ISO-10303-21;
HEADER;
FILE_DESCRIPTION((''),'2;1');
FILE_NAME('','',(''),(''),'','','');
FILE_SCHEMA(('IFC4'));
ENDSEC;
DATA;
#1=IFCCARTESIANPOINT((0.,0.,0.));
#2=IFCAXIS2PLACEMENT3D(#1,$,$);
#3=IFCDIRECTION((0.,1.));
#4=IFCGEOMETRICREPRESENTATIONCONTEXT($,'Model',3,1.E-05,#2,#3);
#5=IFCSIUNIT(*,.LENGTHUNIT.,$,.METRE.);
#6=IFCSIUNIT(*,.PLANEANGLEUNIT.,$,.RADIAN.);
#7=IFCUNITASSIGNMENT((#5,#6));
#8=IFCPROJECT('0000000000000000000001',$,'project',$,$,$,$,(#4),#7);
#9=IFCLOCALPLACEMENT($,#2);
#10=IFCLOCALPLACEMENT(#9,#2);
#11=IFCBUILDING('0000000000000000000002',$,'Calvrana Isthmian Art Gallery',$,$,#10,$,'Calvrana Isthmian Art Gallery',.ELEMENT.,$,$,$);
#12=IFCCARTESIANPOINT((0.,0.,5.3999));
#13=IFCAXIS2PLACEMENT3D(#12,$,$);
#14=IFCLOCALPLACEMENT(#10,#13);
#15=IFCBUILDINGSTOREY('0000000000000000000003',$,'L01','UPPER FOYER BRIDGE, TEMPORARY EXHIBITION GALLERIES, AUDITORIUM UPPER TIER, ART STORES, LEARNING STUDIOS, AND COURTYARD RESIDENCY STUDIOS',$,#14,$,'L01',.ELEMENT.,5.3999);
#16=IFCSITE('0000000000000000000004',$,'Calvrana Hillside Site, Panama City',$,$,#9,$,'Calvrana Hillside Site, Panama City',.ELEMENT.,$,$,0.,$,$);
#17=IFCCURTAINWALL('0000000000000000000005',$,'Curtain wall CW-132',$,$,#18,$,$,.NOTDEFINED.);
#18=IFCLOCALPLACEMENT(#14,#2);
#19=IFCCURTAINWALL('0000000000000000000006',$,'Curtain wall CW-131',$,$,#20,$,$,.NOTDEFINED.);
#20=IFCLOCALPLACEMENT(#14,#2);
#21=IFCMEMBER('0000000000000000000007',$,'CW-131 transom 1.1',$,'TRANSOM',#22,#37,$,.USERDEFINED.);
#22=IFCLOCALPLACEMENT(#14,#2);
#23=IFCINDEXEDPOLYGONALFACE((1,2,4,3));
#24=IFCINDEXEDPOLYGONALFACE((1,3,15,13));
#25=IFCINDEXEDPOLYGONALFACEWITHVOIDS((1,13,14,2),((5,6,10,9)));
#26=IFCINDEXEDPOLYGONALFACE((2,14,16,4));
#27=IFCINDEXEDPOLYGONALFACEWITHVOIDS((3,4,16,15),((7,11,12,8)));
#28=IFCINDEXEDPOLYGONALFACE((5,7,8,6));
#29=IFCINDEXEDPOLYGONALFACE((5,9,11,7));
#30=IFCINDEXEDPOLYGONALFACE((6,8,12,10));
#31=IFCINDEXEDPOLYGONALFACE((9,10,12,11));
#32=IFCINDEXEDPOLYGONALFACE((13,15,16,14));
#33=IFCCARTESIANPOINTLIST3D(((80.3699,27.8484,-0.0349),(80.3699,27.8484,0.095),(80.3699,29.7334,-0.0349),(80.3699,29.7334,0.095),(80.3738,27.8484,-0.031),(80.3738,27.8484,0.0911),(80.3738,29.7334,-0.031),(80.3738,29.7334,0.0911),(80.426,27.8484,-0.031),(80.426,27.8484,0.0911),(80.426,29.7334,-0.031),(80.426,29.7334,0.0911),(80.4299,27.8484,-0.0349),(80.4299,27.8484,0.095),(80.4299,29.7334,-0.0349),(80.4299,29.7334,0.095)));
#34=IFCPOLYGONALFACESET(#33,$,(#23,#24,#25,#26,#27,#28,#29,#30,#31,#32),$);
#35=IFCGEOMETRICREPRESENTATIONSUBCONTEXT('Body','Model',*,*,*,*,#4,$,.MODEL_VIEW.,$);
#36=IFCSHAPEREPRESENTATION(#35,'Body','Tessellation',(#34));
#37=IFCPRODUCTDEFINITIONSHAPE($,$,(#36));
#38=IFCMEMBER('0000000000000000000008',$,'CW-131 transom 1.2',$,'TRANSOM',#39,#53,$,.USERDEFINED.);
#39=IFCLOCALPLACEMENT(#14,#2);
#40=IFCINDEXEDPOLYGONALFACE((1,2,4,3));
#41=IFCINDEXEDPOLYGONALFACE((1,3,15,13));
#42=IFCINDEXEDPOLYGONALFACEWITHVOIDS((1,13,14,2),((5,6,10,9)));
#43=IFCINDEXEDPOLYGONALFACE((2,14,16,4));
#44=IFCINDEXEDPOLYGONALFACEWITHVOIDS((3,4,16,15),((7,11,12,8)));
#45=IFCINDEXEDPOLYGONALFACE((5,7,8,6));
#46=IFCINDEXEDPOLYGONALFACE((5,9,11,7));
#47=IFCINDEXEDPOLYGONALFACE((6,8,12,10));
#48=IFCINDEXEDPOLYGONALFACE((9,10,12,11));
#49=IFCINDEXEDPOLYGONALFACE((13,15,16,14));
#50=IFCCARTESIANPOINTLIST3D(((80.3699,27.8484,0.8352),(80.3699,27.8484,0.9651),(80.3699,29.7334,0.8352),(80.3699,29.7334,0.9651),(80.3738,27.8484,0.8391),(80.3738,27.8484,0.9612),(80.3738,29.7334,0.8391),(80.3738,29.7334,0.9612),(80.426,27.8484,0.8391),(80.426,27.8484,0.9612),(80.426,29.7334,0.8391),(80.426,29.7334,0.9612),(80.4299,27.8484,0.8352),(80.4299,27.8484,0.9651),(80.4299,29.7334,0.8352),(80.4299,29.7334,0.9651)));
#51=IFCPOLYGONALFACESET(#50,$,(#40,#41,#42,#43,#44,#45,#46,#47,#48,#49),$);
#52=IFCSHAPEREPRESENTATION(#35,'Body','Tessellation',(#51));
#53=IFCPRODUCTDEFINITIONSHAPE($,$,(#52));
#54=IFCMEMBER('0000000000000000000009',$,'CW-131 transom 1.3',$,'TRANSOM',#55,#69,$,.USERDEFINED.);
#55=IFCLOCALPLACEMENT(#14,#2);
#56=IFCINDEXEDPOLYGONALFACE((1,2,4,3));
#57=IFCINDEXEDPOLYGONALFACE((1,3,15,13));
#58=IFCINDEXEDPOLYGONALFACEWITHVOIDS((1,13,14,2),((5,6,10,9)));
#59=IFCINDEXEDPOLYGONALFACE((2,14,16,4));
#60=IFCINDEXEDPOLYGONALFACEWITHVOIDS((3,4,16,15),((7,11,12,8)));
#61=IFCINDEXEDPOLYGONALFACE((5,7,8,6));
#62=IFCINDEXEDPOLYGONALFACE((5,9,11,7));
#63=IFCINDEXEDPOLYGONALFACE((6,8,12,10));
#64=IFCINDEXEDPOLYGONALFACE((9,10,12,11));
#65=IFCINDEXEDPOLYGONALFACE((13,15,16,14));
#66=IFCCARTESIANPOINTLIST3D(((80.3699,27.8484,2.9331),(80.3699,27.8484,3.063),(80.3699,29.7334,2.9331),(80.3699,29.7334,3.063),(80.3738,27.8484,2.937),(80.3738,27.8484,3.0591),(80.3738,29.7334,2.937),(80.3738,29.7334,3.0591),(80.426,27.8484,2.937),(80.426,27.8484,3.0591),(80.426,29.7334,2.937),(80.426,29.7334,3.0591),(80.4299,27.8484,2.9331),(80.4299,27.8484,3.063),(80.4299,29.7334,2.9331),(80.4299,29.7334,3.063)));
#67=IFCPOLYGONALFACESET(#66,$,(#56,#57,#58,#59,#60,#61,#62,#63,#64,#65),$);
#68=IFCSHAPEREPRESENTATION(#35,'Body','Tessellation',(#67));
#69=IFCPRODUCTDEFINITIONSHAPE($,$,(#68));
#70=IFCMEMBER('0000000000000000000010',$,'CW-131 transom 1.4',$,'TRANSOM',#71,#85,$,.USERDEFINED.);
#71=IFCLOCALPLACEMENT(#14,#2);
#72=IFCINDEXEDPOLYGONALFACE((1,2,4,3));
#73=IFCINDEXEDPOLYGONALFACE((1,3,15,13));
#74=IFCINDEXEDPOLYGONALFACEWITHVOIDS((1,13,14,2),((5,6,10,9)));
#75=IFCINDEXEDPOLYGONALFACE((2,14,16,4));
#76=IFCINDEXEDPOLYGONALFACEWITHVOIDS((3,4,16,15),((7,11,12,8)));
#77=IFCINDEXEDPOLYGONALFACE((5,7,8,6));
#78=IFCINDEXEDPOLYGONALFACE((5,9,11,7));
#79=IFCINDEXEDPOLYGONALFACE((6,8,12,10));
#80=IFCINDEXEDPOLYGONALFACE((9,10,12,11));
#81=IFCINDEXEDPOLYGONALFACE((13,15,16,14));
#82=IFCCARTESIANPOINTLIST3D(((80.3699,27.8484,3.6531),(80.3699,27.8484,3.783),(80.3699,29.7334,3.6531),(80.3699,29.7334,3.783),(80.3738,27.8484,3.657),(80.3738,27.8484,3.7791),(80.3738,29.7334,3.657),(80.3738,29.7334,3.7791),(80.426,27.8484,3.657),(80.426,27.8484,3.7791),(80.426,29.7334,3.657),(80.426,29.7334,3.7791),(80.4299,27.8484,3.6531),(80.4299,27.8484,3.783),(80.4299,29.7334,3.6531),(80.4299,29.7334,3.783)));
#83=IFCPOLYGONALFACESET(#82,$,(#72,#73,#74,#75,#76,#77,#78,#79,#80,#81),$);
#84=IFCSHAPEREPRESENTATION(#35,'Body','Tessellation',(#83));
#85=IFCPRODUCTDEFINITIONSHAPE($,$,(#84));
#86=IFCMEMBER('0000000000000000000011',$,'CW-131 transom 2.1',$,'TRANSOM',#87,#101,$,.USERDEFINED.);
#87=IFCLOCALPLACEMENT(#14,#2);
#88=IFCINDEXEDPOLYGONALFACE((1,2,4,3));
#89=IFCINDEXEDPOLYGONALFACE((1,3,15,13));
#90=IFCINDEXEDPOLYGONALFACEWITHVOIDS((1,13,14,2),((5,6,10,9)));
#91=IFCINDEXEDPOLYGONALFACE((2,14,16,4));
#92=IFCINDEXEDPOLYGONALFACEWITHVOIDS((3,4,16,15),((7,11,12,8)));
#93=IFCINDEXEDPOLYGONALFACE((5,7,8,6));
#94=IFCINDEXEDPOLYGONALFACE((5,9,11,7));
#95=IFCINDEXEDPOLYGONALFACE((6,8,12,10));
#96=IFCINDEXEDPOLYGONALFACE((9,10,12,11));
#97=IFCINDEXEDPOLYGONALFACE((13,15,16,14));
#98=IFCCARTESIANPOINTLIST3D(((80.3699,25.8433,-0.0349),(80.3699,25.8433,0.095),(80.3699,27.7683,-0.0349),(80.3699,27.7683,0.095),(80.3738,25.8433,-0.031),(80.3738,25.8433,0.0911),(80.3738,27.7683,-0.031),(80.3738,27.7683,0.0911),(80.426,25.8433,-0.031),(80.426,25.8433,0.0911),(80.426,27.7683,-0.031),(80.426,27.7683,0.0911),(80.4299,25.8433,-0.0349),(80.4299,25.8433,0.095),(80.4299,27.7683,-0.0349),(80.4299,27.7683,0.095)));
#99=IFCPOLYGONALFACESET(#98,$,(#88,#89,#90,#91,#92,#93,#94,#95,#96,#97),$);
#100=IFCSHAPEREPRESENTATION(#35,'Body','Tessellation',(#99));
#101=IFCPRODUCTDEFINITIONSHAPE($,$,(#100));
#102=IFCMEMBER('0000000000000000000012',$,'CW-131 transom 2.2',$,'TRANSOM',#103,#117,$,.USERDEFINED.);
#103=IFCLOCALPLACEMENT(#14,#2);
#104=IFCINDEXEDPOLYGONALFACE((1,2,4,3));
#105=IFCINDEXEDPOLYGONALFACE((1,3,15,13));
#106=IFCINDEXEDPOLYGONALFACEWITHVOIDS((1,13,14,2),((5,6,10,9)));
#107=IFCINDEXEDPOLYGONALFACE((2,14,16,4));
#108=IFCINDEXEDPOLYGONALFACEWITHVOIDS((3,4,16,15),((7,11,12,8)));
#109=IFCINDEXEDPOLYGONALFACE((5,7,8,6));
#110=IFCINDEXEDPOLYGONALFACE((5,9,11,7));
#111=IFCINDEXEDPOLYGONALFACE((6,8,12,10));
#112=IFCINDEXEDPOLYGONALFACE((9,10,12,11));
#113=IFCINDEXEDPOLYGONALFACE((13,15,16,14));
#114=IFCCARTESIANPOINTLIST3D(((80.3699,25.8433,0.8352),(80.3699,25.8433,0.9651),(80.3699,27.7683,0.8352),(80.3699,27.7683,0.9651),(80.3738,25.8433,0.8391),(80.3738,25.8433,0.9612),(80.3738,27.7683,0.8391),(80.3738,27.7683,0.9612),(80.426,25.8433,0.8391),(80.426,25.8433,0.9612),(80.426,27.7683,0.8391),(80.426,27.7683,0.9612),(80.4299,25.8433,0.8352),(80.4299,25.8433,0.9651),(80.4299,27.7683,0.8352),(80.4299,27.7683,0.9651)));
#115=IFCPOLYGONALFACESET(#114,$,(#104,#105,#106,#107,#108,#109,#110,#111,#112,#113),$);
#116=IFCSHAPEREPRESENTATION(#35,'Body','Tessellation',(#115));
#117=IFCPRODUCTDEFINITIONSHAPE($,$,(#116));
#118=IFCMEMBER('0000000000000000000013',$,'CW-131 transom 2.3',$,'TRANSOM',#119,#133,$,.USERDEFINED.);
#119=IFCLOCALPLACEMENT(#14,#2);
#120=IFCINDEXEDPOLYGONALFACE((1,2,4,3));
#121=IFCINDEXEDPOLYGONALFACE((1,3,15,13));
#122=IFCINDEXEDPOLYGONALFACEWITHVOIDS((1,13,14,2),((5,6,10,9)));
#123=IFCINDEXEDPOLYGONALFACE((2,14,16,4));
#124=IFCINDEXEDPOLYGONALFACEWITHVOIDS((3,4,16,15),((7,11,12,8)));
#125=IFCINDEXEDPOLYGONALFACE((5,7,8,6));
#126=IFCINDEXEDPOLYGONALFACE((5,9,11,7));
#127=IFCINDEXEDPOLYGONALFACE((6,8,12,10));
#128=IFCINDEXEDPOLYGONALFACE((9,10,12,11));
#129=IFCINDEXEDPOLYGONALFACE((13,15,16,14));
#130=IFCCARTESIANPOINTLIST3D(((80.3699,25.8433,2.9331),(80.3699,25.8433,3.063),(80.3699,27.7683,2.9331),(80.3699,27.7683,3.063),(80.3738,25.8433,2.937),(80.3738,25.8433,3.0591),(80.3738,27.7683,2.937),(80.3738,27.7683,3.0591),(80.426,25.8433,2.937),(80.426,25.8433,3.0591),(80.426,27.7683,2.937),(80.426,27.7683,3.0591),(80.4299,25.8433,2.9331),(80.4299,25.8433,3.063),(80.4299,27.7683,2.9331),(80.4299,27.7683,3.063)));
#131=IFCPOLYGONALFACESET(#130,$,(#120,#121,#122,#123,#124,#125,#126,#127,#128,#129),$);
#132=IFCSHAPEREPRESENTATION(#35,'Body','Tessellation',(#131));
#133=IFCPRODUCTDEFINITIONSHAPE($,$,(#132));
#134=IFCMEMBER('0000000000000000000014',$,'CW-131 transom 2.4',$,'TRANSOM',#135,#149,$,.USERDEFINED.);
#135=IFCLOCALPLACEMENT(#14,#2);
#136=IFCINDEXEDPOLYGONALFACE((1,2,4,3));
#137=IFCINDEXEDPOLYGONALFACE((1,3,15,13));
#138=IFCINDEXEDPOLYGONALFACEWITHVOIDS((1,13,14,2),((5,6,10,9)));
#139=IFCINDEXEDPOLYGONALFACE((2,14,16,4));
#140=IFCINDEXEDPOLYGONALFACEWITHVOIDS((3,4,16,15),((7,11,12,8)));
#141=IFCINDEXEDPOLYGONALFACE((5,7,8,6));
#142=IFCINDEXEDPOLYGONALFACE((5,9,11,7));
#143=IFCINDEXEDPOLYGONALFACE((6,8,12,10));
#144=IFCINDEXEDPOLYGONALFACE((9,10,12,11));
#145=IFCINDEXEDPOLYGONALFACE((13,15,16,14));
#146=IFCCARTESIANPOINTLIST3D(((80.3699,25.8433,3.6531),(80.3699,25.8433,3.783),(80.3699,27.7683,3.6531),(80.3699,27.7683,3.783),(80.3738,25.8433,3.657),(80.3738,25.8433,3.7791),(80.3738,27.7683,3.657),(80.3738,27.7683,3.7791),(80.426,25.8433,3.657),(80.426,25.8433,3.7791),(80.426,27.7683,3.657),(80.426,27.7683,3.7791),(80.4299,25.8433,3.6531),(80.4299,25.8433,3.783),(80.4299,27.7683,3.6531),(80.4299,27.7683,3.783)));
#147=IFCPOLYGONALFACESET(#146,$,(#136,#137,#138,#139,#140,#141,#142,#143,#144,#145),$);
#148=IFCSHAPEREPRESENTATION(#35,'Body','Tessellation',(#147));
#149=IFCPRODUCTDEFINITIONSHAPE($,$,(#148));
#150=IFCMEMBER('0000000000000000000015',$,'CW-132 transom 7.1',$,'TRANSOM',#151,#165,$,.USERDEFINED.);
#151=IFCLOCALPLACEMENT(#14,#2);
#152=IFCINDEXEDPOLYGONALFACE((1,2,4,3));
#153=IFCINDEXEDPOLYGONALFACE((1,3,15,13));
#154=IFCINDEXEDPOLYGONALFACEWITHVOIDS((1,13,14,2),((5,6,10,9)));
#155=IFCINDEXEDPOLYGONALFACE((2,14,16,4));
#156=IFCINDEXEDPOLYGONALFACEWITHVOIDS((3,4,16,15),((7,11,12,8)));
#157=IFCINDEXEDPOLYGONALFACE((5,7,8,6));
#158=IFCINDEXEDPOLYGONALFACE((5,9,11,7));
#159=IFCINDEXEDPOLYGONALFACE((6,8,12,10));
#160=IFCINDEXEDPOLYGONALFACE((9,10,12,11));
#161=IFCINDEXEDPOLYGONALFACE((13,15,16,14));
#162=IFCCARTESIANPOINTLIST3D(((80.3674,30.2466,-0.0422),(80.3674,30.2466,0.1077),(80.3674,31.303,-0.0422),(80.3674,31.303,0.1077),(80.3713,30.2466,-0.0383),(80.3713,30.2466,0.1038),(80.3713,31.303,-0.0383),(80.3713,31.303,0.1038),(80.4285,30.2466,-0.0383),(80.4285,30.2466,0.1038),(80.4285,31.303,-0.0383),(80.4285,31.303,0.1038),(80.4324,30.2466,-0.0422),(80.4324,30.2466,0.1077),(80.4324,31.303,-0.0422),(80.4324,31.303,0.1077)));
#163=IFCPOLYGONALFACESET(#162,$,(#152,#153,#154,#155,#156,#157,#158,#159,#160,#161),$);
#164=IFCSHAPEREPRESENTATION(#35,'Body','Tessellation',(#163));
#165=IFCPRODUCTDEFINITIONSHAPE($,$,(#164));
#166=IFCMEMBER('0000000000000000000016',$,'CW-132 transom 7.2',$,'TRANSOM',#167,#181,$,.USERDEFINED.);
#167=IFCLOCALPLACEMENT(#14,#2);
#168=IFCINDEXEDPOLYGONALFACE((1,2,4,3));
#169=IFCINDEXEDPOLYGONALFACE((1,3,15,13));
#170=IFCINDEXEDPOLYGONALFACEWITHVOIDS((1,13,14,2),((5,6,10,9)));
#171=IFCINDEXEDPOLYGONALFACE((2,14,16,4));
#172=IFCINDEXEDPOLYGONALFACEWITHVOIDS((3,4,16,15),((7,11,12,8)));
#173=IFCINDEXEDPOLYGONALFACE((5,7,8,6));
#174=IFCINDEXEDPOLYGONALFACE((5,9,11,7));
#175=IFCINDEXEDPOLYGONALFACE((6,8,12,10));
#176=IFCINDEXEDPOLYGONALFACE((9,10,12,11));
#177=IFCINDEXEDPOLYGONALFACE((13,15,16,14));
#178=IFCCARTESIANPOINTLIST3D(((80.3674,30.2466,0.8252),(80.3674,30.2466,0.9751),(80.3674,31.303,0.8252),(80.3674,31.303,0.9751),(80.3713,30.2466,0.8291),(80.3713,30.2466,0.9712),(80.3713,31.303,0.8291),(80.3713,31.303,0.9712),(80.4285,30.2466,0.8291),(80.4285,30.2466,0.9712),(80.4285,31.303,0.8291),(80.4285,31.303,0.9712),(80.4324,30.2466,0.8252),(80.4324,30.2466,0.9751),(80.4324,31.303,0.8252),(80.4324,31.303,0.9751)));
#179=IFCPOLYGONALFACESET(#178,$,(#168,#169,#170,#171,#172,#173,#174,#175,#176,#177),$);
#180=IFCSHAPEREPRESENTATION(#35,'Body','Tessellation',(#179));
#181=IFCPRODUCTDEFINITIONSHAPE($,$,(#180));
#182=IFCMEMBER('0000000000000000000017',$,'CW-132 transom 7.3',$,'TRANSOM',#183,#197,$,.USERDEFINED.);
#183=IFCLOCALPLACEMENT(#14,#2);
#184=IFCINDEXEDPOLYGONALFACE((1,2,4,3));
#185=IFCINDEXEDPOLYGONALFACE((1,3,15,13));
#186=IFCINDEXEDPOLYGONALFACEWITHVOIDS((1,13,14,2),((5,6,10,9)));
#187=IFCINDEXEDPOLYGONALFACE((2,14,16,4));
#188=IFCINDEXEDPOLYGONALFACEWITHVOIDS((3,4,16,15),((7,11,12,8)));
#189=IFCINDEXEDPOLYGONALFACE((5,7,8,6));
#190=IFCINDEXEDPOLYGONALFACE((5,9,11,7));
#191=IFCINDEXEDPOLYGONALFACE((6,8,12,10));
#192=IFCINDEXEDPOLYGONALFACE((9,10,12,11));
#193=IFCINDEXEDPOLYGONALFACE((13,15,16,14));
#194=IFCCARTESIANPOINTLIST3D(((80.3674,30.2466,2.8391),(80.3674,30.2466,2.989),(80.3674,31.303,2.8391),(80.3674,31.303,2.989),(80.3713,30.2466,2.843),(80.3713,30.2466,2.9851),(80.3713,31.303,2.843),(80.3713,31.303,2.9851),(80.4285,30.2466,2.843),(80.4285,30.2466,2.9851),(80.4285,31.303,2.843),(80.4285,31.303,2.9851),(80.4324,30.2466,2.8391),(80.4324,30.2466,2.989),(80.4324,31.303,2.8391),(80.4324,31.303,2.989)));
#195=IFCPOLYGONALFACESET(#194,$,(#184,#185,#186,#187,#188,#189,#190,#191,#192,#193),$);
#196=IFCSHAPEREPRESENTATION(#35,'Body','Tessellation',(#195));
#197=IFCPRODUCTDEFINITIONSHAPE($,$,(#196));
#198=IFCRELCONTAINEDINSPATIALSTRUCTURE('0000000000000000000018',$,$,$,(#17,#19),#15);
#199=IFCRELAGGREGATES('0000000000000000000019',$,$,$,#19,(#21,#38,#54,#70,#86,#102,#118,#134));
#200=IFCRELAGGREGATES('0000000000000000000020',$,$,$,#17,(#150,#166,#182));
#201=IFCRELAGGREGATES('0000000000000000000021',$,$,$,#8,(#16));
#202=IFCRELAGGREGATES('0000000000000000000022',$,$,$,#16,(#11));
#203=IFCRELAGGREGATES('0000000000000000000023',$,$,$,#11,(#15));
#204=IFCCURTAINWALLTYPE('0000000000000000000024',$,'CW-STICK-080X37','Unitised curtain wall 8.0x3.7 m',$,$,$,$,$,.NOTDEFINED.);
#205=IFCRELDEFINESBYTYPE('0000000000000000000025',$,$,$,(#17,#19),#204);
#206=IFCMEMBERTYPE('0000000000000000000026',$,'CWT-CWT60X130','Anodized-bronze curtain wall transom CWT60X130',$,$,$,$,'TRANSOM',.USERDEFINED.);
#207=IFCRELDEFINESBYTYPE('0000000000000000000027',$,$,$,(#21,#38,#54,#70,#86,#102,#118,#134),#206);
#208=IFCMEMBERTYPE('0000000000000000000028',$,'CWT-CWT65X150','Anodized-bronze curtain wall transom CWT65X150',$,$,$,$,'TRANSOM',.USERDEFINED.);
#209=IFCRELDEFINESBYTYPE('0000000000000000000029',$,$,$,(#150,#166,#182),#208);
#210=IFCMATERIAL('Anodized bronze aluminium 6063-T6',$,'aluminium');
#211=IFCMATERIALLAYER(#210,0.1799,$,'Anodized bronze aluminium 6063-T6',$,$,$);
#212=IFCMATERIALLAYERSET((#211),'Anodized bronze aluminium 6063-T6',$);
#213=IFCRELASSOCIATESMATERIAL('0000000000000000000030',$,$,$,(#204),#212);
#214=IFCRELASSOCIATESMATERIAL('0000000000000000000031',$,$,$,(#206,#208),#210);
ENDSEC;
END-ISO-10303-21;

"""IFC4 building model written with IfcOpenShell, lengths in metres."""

from ifc_helpers import new_model, si_unit, direction, frame, origin, origin_2d, place, context, subcontext, project, spatial, hollow_rectangle, extrude, material, layer, layer_set, material_profile, profile_set, type_object, element, aggregate, save


model = new_model("IFC4")

# Units and contexts
model_context = context("Model", 3, precision=1e-05, world=origin(), true_north=direction((0.0, 1.0)))
body_context = subcontext(model_context, "Body", "Model", "MODEL_VIEW")
ifc_project = project(units=[si_unit("LENGTHUNIT", "METRE"), si_unit("PLANEANGLEUNIT", "RADIAN")], contexts=[model_context])

# Site, building, storey
site_placement = place(None, origin())
site = spatial("IfcSite", under=ifc_project, at=site_placement, Name="Calvrana Hillside Site, Panama City", LongName="Calvrana Hillside Site, Panama City", CompositionType="ELEMENT", RefElevation=0.0)
building_placement = place(site_placement, origin())
building = spatial("IfcBuilding", under=site, at=building_placement, Name="Calvrana Isthmian Art Gallery", LongName="Calvrana Isthmian Art Gallery", CompositionType="ELEMENT")
storey_placement = place(building_placement, frame((0.0, 0.0, 5.3999)))
storey = spatial("IfcBuildingStorey", under=building, at=storey_placement, Name="L01", Description="UPPER FOYER BRIDGE, TEMPORARY EXHIBITION GALLERIES, AUDITORIUM UPPER TIER, ART STORES, LEARNING STUDIOS, AND COURTYARD RESIDENCY STUDIOS", LongName="L01", CompositionType="ELEMENT", Elevation=5.3999)

# Curtain walls, members
ifc_material_1 = material(Name="Anodized bronze aluminium 6063-T6", Category="aluminium")
ifc_layer_1 = layer(ifc_material_1, 0.1799, Name="Anodized bronze aluminium 6063-T6")
ifc_layer_set_1 = layer_set([ifc_layer_1], Name="Anodized bronze aluminium 6063-T6")
curtain_wall_type = type_object("IfcCurtainWallType", Name="CW-STICK-080X37", Description="Unitised curtain wall 8.0x3.7 m", PredefinedType="NOTDEFINED", material=ifc_layer_set_1)
curtain_wall_1_placement = place(storey_placement, origin())
curtain_wall_1 = element("IfcCurtainWall", 1, at=curtain_wall_1_placement, inside=storey, type_object=curtain_wall_type, Name="Curtain wall CW-132", PredefinedType="NOTDEFINED")
curtain_wall_2_placement = place(storey_placement, origin())
curtain_wall_2 = element("IfcCurtainWall", 2, at=curtain_wall_2_placement, inside=storey, type_object=curtain_wall_type, Name="Curtain wall CW-131", PredefinedType="NOTDEFINED")
ifc_material_profile_1 = material_profile(ifc_material_1, hollow_rectangle(XDim=0.0601, YDim=0.1299, WallThickness=0.0039, at=origin_2d()), Name="CWT60X130")
ifc_profile_set_1 = profile_set([ifc_material_profile_1], Name="Anodized bronze aluminium 6063-T6")
member_type_1 = type_object("IfcMemberType", Name="CWT-CWT60X130", Description="Anodized-bronze curtain wall transom CWT60X130", ElementType="TRANSOM", PredefinedType="USERDEFINED", material=ifc_profile_set_1)
member_1_placement = place(storey_placement, frame((80.3999, 29.7334, 0.03), z_axis=(0.0, -1.0, 0.0), x_axis=(1.0, 0.0, 0.0)))
member_1 = element("IfcMember", 3, at=member_1_placement, type_object=member_type_1, Name="CW-131 transom 1.1", ObjectType="TRANSOM", PredefinedType="USERDEFINED", context=body_context, shape_type="SweptSolid", body=[
    extrude(hollow_rectangle(XDim=0.0601, YDim=0.1299, WallThickness=0.0039, at=origin_2d()), origin(), (0.0, 0.0, 1.0), 1.885),
])
member_2_placement = place(storey_placement, frame((80.3999, 29.7334, 0.9001), z_axis=(0.0, -1.0, 0.0), x_axis=(1.0, 0.0, 0.0)))
member_2 = element("IfcMember", 4, at=member_2_placement, type_object=member_type_1, Name="CW-131 transom 1.2", ObjectType="TRANSOM", PredefinedType="USERDEFINED", context=body_context, shape_type="SweptSolid", body=[
    extrude(hollow_rectangle(XDim=0.0601, YDim=0.1299, WallThickness=0.0039, at=origin_2d()), origin(), (0.0, 0.0, 1.0), 1.885),
])
member_3_placement = place(storey_placement, frame((80.3999, 29.7334, 2.998), z_axis=(0.0, -1.0, 0.0), x_axis=(1.0, 0.0, 0.0)))
member_3 = element("IfcMember", 5, at=member_3_placement, type_object=member_type_1, Name="CW-131 transom 1.3", ObjectType="TRANSOM", PredefinedType="USERDEFINED", context=body_context, shape_type="SweptSolid", body=[
    extrude(hollow_rectangle(XDim=0.0601, YDim=0.1299, WallThickness=0.0039, at=origin_2d()), origin(), (0.0, 0.0, 1.0), 1.885),
])
member_4_placement = place(storey_placement, frame((80.3999, 29.7334, 3.718), z_axis=(0.0, -1.0, 0.0), x_axis=(1.0, 0.0, 0.0)))
member_4 = element("IfcMember", 6, at=member_4_placement, type_object=member_type_1, Name="CW-131 transom 1.4", ObjectType="TRANSOM", PredefinedType="USERDEFINED", context=body_context, shape_type="SweptSolid", body=[
    extrude(hollow_rectangle(XDim=0.0601, YDim=0.1299, WallThickness=0.0039, at=origin_2d()), origin(), (0.0, 0.0, 1.0), 1.885),
])
member_5_placement = place(storey_placement, frame((80.3999, 27.7683, 0.03), z_axis=(0.0, -1.0, 0.0), x_axis=(1.0, 0.0, 0.0)))
member_5 = element("IfcMember", 7, at=member_5_placement, type_object=member_type_1, Name="CW-131 transom 2.1", ObjectType="TRANSOM", PredefinedType="USERDEFINED", context=body_context, shape_type="SweptSolid", body=[
    extrude(hollow_rectangle(XDim=0.0601, YDim=0.1299, WallThickness=0.0039, at=origin_2d()), origin(), (0.0, 0.0, 1.0), 1.925),
])
member_6_placement = place(storey_placement, frame((80.3999, 27.7683, 0.9001), z_axis=(0.0, -1.0, 0.0), x_axis=(1.0, 0.0, 0.0)))
member_6 = element("IfcMember", 8, at=member_6_placement, type_object=member_type_1, Name="CW-131 transom 2.2", ObjectType="TRANSOM", PredefinedType="USERDEFINED", context=body_context, shape_type="SweptSolid", body=[
    extrude(hollow_rectangle(XDim=0.0601, YDim=0.1299, WallThickness=0.0039, at=origin_2d()), origin(), (0.0, 0.0, 1.0), 1.925),
])
member_7_placement = place(storey_placement, frame((80.3999, 27.7683, 2.998), z_axis=(0.0, -1.0, 0.0), x_axis=(1.0, 0.0, 0.0)))
member_7 = element("IfcMember", 9, at=member_7_placement, type_object=member_type_1, Name="CW-131 transom 2.3", ObjectType="TRANSOM", PredefinedType="USERDEFINED", context=body_context, shape_type="SweptSolid", body=[
    extrude(hollow_rectangle(XDim=0.0601, YDim=0.1299, WallThickness=0.0039, at=origin_2d()), origin(), (0.0, 0.0, 1.0), 1.925),
])
member_8_placement = place(storey_placement, frame((80.3999, 27.7683, 3.718), z_axis=(0.0, -1.0, 0.0), x_axis=(1.0, 0.0, 0.0)))
member_8 = element("IfcMember", 10, at=member_8_placement, type_object=member_type_1, Name="CW-131 transom 2.4", ObjectType="TRANSOM", PredefinedType="USERDEFINED", context=body_context, shape_type="SweptSolid", body=[
    extrude(hollow_rectangle(XDim=0.0601, YDim=0.1299, WallThickness=0.0039, at=origin_2d()), origin(), (0.0, 0.0, 1.0), 1.925),
])

# Members
ifc_material_profile_2 = material_profile(ifc_material_1, hollow_rectangle(XDim=0.0649, YDim=0.1499, WallThickness=0.0039, at=origin_2d()), Name="CWT65X150")
ifc_profile_set_2 = profile_set([ifc_material_profile_2], Name="Anodized bronze aluminium 6063-T6")
member_type_2 = type_object("IfcMemberType", Name="CWT-CWT65X150", Description="Anodized-bronze curtain wall transom CWT65X150", ElementType="TRANSOM", PredefinedType="USERDEFINED", material=ifc_profile_set_2)
member_9_placement = place(storey_placement, frame((80.3999, 31.303, 0.0327), z_axis=(0.0, -1.0, 0.0), x_axis=(1.0, 0.0, 0.0)))
member_9 = element("IfcMember", 11, at=member_9_placement, type_object=member_type_2, Name="CW-132 transom 7.1", ObjectType="TRANSOM", PredefinedType="USERDEFINED", context=body_context, shape_type="SweptSolid", body=[
    extrude(hollow_rectangle(XDim=0.0649, YDim=0.1499, WallThickness=0.0039, at=origin_2d()), origin(), (0.0, 0.0, 1.0), 1.0564),
])
member_10_placement = place(storey_placement, frame((80.3999, 31.303, 0.9001), z_axis=(0.0, -1.0, 0.0), x_axis=(1.0, 0.0, 0.0)))
member_10 = element("IfcMember", 12, at=member_10_placement, type_object=member_type_2, Name="CW-132 transom 7.2", ObjectType="TRANSOM", PredefinedType="USERDEFINED", context=body_context, shape_type="SweptSolid", body=[
    extrude(hollow_rectangle(XDim=0.0649, YDim=0.1499, WallThickness=0.0039, at=origin_2d()), origin(), (0.0, 0.0, 1.0), 1.0564),
])
member_11_placement = place(storey_placement, frame((80.3999, 31.303, 2.9141), z_axis=(0.0, -1.0, 0.0), x_axis=(1.0, 0.0, 0.0)))
member_11 = element("IfcMember", 13, at=member_11_placement, type_object=member_type_2, Name="CW-132 transom 7.3", ObjectType="TRANSOM", PredefinedType="USERDEFINED", context=body_context, shape_type="SweptSolid", body=[
    extrude(hollow_rectangle(XDim=0.0649, YDim=0.1499, WallThickness=0.0039, at=origin_2d()), origin(), (0.0, 0.0, 1.0), 1.0564),
])

aggregate(curtain_wall_2, [member_1, member_2, member_3, member_4, member_5, member_6, member_7, member_8])
aggregate(curtain_wall_1, [member_9, member_10, member_11])

save(model, "model.ifc")
